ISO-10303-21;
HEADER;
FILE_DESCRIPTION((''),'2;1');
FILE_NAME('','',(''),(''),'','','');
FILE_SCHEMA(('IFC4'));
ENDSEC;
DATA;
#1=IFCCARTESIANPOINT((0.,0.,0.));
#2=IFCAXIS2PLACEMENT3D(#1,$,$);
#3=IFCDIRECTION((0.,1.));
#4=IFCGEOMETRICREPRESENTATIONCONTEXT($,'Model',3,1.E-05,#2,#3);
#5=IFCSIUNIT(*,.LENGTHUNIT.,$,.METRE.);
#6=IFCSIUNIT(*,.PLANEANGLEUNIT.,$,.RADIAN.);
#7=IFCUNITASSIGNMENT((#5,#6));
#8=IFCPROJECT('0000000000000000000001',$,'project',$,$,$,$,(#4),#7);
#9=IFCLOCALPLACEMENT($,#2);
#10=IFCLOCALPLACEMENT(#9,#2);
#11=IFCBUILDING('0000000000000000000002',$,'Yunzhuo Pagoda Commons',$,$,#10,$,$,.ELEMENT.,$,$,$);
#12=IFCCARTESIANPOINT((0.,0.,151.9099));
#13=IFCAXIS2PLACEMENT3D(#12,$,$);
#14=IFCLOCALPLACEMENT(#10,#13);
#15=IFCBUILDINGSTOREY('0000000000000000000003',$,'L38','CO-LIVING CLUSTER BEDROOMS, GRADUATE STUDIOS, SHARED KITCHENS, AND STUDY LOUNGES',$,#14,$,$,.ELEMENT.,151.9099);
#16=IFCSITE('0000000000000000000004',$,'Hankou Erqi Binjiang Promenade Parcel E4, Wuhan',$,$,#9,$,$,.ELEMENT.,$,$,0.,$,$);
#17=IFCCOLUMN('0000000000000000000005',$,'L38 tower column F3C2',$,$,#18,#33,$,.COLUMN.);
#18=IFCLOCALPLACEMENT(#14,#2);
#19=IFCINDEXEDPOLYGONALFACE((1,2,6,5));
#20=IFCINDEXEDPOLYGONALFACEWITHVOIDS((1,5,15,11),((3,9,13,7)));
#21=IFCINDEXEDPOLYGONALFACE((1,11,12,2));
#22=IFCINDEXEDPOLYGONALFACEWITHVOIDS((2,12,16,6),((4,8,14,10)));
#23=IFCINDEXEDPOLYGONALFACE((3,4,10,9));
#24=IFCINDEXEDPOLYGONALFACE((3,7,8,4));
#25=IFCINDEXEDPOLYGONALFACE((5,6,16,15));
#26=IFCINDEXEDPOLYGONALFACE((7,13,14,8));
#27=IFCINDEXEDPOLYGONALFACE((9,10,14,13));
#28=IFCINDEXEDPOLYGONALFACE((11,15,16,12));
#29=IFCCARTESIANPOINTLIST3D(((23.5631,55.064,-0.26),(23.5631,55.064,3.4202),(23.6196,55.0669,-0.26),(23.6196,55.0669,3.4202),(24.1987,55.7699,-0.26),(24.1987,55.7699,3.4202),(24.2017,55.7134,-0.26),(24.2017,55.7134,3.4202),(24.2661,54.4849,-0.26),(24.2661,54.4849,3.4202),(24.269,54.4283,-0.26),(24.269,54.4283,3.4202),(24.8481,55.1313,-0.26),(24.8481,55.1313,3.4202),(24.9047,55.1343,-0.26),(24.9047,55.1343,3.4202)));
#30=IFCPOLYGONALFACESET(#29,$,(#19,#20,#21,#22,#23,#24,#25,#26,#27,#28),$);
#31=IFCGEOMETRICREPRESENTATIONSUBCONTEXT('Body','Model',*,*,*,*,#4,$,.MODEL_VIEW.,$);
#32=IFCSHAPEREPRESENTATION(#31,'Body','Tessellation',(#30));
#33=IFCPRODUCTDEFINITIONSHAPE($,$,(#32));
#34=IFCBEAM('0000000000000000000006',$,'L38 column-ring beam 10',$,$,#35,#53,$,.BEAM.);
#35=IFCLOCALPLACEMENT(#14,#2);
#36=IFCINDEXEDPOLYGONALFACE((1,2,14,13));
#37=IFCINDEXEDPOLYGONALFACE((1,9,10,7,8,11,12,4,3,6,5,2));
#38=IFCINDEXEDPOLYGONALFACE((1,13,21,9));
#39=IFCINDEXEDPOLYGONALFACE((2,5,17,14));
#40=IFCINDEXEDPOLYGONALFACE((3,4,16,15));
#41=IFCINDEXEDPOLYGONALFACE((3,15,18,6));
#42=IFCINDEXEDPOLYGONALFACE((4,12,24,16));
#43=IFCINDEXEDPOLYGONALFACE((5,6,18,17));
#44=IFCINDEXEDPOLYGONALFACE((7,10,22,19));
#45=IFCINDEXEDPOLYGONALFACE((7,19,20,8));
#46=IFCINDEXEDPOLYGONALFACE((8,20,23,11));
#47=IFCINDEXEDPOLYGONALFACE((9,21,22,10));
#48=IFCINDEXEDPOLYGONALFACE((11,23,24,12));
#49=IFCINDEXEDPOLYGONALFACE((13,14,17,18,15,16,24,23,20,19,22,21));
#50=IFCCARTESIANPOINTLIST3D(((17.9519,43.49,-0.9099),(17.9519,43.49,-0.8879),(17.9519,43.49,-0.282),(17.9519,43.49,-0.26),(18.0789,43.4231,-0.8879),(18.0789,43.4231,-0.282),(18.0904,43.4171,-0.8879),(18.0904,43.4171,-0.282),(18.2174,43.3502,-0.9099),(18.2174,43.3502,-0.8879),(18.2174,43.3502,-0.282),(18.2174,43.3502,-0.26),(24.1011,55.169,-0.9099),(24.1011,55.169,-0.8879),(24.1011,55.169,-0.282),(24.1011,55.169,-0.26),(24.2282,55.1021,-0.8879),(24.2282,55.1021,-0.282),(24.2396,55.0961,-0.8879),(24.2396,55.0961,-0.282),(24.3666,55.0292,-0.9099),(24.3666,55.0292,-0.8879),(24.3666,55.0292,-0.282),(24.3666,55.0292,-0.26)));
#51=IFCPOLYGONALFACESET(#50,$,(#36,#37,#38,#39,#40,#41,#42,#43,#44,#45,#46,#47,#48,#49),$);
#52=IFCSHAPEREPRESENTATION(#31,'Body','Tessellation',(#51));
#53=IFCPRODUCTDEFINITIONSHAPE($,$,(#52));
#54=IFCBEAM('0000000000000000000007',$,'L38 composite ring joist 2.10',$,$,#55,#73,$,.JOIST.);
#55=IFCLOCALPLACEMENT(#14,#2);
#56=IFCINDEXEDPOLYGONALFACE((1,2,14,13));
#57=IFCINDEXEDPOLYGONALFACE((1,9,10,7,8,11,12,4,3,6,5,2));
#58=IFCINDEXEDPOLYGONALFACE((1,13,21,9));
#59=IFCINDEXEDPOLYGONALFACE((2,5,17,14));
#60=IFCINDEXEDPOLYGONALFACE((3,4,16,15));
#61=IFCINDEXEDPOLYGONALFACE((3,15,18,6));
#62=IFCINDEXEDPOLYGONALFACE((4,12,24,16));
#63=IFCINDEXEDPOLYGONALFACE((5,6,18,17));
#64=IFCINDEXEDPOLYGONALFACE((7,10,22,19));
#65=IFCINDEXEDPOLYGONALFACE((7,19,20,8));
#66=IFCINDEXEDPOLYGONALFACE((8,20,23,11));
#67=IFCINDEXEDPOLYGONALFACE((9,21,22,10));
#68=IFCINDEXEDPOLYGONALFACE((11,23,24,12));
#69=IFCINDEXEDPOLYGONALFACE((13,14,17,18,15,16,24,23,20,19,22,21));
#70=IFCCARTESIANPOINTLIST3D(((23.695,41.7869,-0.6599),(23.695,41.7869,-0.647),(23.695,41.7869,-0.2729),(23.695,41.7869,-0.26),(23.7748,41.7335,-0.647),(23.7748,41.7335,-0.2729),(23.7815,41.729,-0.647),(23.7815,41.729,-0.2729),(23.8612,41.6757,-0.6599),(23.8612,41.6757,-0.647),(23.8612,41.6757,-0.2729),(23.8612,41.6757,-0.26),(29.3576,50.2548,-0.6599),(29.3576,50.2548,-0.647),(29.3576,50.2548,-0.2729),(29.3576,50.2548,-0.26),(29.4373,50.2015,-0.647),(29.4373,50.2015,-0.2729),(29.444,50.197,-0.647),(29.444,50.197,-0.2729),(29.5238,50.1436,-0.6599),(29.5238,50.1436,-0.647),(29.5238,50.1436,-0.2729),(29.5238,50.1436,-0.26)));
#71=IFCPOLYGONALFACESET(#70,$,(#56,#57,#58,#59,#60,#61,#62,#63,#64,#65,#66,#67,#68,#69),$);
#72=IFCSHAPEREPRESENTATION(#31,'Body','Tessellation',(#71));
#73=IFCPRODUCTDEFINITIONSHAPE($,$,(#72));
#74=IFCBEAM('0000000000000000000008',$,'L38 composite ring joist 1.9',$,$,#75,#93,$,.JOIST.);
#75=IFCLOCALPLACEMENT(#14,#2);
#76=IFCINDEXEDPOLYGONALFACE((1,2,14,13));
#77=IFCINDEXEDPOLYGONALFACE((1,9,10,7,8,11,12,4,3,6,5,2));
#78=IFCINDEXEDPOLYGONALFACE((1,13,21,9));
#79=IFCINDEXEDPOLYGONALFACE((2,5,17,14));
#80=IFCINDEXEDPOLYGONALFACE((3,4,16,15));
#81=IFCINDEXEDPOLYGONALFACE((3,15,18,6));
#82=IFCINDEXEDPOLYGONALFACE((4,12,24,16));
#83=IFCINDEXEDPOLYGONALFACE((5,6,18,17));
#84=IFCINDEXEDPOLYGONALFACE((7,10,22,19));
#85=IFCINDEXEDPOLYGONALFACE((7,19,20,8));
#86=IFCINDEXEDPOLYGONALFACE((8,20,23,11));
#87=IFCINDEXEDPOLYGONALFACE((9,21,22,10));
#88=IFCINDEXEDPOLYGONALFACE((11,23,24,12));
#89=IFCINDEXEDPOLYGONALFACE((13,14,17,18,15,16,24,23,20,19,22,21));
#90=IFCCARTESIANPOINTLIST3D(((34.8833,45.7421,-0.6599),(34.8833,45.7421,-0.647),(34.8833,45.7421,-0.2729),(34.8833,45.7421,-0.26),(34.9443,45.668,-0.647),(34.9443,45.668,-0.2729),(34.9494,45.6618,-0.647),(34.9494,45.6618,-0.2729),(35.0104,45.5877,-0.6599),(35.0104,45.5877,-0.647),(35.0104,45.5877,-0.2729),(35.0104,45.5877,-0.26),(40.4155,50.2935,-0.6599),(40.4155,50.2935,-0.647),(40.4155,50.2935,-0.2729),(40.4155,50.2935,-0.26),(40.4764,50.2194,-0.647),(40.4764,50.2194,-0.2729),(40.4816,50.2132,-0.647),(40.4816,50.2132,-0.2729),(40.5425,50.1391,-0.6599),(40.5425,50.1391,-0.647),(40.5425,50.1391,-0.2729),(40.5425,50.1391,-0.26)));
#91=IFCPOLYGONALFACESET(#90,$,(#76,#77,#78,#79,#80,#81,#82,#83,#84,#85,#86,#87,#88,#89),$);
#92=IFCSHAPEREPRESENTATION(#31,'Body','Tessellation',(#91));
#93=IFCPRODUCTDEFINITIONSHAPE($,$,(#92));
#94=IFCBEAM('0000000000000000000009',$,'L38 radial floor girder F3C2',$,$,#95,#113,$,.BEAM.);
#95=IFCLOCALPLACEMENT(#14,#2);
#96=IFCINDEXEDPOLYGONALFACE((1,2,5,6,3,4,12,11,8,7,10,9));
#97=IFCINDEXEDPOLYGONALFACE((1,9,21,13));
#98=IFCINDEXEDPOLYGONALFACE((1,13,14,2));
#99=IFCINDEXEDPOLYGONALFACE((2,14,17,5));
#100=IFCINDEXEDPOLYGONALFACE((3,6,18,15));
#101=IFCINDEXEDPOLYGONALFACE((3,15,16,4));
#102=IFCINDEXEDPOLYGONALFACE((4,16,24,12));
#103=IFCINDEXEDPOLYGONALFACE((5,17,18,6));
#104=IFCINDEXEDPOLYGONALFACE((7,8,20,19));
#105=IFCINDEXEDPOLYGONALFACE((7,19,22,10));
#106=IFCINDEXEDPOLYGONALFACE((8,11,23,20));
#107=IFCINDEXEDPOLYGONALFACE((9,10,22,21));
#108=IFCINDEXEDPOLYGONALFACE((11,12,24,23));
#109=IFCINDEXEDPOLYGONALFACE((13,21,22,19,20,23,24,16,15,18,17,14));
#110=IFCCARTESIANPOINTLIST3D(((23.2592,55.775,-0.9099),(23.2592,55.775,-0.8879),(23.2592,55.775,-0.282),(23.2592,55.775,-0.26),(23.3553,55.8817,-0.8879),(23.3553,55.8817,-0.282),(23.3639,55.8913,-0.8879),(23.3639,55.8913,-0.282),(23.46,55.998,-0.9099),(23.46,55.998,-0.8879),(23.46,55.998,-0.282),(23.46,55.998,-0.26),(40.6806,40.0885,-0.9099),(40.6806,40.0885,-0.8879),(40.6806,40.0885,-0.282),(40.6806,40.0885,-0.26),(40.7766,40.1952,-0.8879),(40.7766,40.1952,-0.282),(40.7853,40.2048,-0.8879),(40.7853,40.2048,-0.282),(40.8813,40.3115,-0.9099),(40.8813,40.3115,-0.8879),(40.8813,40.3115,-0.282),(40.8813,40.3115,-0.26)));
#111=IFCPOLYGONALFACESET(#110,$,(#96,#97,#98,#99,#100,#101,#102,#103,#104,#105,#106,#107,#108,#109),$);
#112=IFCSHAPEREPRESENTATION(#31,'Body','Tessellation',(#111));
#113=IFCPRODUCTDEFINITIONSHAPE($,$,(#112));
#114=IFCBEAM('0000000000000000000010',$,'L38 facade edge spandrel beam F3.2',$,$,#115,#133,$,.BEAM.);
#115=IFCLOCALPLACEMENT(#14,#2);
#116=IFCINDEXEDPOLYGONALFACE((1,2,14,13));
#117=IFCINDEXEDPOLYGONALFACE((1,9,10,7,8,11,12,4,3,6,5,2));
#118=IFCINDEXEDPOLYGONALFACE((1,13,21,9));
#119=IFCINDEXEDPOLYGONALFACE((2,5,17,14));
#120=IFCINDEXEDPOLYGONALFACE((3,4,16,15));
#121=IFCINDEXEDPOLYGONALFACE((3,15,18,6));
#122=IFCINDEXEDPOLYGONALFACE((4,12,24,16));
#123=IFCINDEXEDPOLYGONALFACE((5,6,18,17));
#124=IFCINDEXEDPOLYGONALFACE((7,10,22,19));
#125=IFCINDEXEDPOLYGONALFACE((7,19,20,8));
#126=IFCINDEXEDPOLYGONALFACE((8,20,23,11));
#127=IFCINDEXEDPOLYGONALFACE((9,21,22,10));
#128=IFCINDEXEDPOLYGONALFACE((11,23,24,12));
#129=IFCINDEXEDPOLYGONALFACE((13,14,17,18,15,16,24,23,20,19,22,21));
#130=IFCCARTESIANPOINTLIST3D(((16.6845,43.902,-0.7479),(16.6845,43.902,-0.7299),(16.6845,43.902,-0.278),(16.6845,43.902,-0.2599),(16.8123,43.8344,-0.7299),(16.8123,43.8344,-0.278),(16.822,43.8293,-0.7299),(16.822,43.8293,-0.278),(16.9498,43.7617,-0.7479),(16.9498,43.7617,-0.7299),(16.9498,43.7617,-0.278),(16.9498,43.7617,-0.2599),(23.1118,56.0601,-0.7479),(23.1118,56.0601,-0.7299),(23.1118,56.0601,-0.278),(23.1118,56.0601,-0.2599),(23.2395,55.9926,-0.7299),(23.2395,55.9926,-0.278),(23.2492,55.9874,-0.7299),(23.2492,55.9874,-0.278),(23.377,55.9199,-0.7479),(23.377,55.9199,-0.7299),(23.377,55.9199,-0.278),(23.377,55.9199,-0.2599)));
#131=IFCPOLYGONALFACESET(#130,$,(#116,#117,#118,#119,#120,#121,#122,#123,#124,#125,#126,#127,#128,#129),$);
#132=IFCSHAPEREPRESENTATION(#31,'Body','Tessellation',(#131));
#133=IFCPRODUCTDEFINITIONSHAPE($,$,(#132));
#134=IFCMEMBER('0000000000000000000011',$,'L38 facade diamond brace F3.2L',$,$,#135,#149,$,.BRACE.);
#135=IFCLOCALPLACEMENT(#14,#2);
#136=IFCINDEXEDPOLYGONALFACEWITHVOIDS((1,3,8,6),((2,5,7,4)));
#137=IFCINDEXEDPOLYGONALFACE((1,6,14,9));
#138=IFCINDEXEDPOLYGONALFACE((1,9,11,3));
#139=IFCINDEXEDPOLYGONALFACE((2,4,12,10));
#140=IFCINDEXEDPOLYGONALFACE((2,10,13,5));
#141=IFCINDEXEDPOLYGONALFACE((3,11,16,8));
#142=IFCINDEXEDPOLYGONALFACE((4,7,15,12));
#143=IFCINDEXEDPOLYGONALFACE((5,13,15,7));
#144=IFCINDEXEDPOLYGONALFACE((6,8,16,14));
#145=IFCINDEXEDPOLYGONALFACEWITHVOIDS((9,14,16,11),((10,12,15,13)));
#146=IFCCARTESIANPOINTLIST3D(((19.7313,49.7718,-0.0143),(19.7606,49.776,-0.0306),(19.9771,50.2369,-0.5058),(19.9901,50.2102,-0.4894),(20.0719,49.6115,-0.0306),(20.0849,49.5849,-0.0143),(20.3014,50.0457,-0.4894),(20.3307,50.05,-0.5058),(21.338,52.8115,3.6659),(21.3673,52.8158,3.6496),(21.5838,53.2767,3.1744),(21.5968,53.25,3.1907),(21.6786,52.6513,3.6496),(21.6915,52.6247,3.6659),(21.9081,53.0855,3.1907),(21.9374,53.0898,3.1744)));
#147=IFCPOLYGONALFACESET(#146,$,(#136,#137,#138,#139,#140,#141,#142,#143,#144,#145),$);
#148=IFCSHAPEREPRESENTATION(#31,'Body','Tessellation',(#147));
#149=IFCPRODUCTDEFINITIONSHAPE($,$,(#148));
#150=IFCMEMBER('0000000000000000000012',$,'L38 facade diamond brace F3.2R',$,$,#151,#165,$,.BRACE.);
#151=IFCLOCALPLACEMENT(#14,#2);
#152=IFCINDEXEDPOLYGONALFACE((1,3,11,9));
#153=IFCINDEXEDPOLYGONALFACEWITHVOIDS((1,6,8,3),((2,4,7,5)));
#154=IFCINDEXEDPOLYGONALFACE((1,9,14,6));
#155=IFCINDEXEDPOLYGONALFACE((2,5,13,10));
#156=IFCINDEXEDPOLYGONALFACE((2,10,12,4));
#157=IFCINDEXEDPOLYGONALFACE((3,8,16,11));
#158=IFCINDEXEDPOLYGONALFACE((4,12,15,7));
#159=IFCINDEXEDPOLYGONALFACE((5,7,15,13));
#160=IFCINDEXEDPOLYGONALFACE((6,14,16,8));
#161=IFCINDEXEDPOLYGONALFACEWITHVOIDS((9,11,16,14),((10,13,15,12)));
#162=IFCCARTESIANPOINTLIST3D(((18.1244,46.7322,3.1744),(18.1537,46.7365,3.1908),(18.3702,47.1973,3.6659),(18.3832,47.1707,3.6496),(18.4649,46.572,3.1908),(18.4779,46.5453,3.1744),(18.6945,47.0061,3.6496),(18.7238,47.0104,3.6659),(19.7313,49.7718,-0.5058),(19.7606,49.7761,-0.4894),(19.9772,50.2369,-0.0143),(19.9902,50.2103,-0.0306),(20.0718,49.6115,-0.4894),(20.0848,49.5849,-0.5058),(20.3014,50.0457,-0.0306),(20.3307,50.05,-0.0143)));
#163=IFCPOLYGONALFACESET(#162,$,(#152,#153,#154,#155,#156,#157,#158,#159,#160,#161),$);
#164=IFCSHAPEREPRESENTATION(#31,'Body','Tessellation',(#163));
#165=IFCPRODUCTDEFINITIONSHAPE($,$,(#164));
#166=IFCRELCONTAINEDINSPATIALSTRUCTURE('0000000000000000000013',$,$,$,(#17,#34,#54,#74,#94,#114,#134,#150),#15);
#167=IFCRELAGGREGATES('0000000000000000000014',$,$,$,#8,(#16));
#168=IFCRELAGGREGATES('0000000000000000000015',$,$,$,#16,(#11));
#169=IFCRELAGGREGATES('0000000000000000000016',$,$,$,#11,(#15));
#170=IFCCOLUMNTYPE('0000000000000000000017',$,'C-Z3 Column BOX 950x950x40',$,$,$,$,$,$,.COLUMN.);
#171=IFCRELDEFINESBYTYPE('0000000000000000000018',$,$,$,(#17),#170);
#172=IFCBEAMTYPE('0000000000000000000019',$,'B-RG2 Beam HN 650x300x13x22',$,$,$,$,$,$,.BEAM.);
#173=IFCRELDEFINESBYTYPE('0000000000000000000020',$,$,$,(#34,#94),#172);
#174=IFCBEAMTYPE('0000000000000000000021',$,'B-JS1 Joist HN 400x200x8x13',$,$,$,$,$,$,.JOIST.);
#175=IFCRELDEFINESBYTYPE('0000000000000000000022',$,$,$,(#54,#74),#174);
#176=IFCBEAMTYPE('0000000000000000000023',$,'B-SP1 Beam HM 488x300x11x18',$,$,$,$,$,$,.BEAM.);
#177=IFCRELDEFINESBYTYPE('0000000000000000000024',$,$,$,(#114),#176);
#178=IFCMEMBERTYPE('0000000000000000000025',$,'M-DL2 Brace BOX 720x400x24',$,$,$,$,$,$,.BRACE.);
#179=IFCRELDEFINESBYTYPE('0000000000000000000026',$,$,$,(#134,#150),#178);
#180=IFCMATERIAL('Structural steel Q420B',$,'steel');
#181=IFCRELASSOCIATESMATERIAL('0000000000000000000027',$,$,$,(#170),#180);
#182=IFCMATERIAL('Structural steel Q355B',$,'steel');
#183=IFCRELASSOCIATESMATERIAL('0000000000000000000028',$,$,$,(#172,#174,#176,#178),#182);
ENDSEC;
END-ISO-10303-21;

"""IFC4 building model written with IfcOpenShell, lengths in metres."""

from ifc_helpers import new_model, si_unit, direction, frame, origin, origin_2d, place, context, subcontext, project, spatial, hollow_rectangle, i_section, extrude, source, transform, mapped, material, material_profile, profile_set, type_object, element, save


model = new_model("IFC4")

# Units and contexts
model_context = context("Model", 3, precision=1e-05, world=origin(), true_north=direction((0.0, 1.0)))
body_context = subcontext(model_context, "Body", "Model", "MODEL_VIEW")
ifc_project = project(units=[si_unit("LENGTHUNIT", "METRE"), si_unit("PLANEANGLEUNIT", "RADIAN")], contexts=[model_context])

# Site, building, storey
site_placement = place(None, origin())
site = spatial("IfcSite", under=ifc_project, at=site_placement, Name="Hankou Erqi Binjiang Promenade Parcel E4, Wuhan", CompositionType="ELEMENT", RefElevation=0.0)
building_placement = place(site_placement, origin())
building = spatial("IfcBuilding", under=site, at=building_placement, Name="Yunzhuo Pagoda Commons", CompositionType="ELEMENT")
storey_placement = place(building_placement, frame((0.0, 0.0, 151.9099)))
storey = spatial("IfcBuildingStorey", under=building, at=storey_placement, Name="L38", Description="CO-LIVING CLUSTER BEDROOMS, GRADUATE STUDIOS, SHARED KITCHENS, AND STUDY LOUNGES", CompositionType="ELEMENT", Elevation=151.9099)

# Column
ifc_material_1 = material(Name="Structural steel Q420B", Category="steel")
ifc_material_profile_1 = material_profile(ifc_material_1, hollow_rectangle(XDim=0.95, YDim=0.95, WallThickness=0.04, at=origin_2d()), Name="Structural steel Q420B")
ifc_profile_set_1 = profile_set([ifc_material_profile_1], Name="Structural steel Q420B")
column_type = type_object("IfcColumnType", Name="C-Z3 Column BOX 950x950x40", PredefinedType="COLUMN", material=ifc_profile_set_1)
shared_shape_1 = source(origin(), body_context, "Body", "SweptSolid", [
    extrude(hollow_rectangle(XDim=0.95, YDim=0.95, WallThickness=0.04, at=origin_2d()), origin(), (0.0, 0.0, 1.0), 3.6802),
])
column_placement = place(storey_placement, frame((24.2339, 55.0991, -0.26), z_axis=(0.0, 0.0, 1.0), x_axis=(-0.669131, -0.743145, 0.0)))
element("IfcColumn", 1, at=column_placement, inside=storey, type_object=column_type, Name="L38 tower column F3C2", PredefinedType="COLUMN", context=body_context, shape_type="MappedRepresentation", body=[
    mapped(shared_shape_1, transform((0.0, 0.0, 0.0), scale=1.0)),
])

# Beams
ifc_material_2 = material(Name="Structural steel Q355B", Category="steel")
ifc_material_profile_2 = material_profile(ifc_material_2, i_section(OverallWidth=0.3, OverallDepth=0.6499, WebThickness=0.0129, FlangeThickness=0.022, at=origin_2d()), Name="Structural steel Q355B")
ifc_profile_set_2 = profile_set([ifc_material_profile_2], Name="Structural steel Q355B")
beam_type_1 = type_object("IfcBeamType", Name="B-RG2 Beam HN 650x300x13x22", PredefinedType="BEAM", material=ifc_profile_set_2)
shared_shape_2 = source(origin(), body_context, "Body", "SweptSolid", [
    extrude(i_section(OverallWidth=0.3, OverallDepth=0.6499, WebThickness=0.0129, FlangeThickness=0.022, at=origin_2d()), origin(), (0.0, 0.0, 1.0), 13.199),
])
beam_1_placement = place(storey_placement, frame((24.2339, 55.0991, -0.585), z_axis=(-0.465886, -0.884845, 0.0), x_axis=(0.884845, -0.465886, 0.0)))
element("IfcBeam", 2, at=beam_1_placement, inside=storey, type_object=beam_type_1, Name="L38 column-ring beam 10", PredefinedType="BEAM", context=body_context, shape_type="MappedRepresentation", body=[
    mapped(shared_shape_2, transform((0.0, 0.0, 0.0), scale=1.0)),
])
ifc_material_profile_3 = material_profile(ifc_material_2, i_section(OverallWidth=0.2, OverallDepth=0.3999, WebThickness=0.0081, FlangeThickness=0.0129, at=origin_2d()), Name="Structural steel Q355B")
ifc_profile_set_3 = profile_set([ifc_material_profile_3], Name="Structural steel Q355B")
beam_type_2 = type_object("IfcBeamType", Name="B-JS1 Joist HN 400x200x8x13", PredefinedType="JOIST", material=ifc_profile_set_3)
shared_shape_3 = source(origin(), body_context, "Body", "SweptSolid", [
    extrude(i_section(OverallWidth=0.2, OverallDepth=0.3999, WebThickness=0.0081, FlangeThickness=0.0129, at=origin_2d()), origin(), (0.0, 0.0, 1.0), 10.1868),
])
beam_2_placement = place(storey_placement, frame((29.4407, 50.1992, -0.46), z_axis=(-0.555872, -0.831268, 0.0), x_axis=(0.831268, -0.555872, 0.0)))
element("IfcBeam", 3, at=beam_2_placement, inside=storey, type_object=beam_type_2, Name="L38 composite ring joist 2.10", PredefinedType="JOIST", context=body_context, shape_type="MappedRepresentation", body=[
    mapped(shared_shape_3, transform((0.0, 0.0, 0.0), scale=1.0)),
])
shared_shape_4 = source(origin(), body_context, "Body", "SweptSolid", [
    extrude(i_section(OverallWidth=0.2, OverallDepth=0.3999, WebThickness=0.0081, FlangeThickness=0.0129, at=origin_2d()), origin(), (0.0, 0.0, 1.0), 7.1638),
])
beam_3_placement = place(storey_placement, frame((40.479, 50.2163, -0.46), z_axis=(-0.772234, -0.635338, 0.0), x_axis=(0.635338, -0.772234, 0.0)))
element("IfcBeam", 4, at=beam_3_placement, inside=storey, type_object=beam_type_2, Name="L38 composite ring joist 1.9", PredefinedType="JOIST", context=body_context, shape_type="MappedRepresentation", body=[
    mapped(shared_shape_4, transform((0.0, 0.0, 0.0), scale=1.0)),
])
shared_shape_5 = source(origin(), body_context, "Body", "SweptSolid", [
    extrude(i_section(OverallWidth=0.3, OverallDepth=0.6499, WebThickness=0.0129, FlangeThickness=0.022, at=origin_2d()), origin(), (0.0, 0.0, 1.0), 23.4429),
])
beam_4_placement = place(storey_placement, frame((23.3596, 55.8865, -0.585), z_axis=(0.74314, -0.669136, 0.0), x_axis=(0.669136, 0.74314, 0.0)))
element("IfcBeam", 5, at=beam_4_placement, inside=storey, type_object=beam_type_1, Name="L38 radial floor girder F3C2", PredefinedType="BEAM", context=body_context, shape_type="MappedRepresentation", body=[
    mapped(shared_shape_5, transform((0.0, 0.0, 0.0), scale=1.0)),
])
ifc_material_profile_4 = material_profile(ifc_material_2, i_section(OverallWidth=0.3, OverallDepth=0.488, WebThickness=0.011, FlangeThickness=0.0181, at=origin_2d()), Name="Structural steel Q355B")
ifc_profile_set_4 = profile_set([ifc_material_profile_4], Name="Structural steel Q355B")
beam_type_3 = type_object("IfcBeamType", Name="B-SP1 Beam HM 488x300x11x18", PredefinedType="BEAM", material=ifc_profile_set_4)
shared_shape_6 = source(origin(), body_context, "Body", "SweptSolid", [
    extrude(i_section(OverallWidth=0.3, OverallDepth=0.488, WebThickness=0.011, FlangeThickness=0.0181, at=origin_2d()), origin(), (0.0, 0.0, 1.0), 13.7524),
])
beam_5_placement = place(storey_placement, frame((23.2444, 55.99, -0.5039), z_axis=(-0.467351, -0.884072, 0.0), x_axis=(0.884072, -0.467351, 0.0)))
element("IfcBeam", 6, at=beam_5_placement, inside=storey, type_object=beam_type_3, Name="L38 facade edge spandrel beam F3.2", PredefinedType="BEAM", context=body_context, shape_type="MappedRepresentation", body=[
    mapped(shared_shape_6, transform((0.0, 0.0, 0.0), scale=1.0)),
])

# Members
ifc_material_profile_5 = material_profile(ifc_material_2, hollow_rectangle(XDim=0.3999, YDim=0.72, WallThickness=0.0239, at=origin_2d()), Name="Structural steel Q355B")
ifc_profile_set_5 = profile_set([ifc_material_profile_5], Name="Structural steel Q355B")
member_type_1 = type_object("IfcMemberType", Name="M-DL2 Brace BOX 720x400x24", PredefinedType="BRACE", material=ifc_profile_set_5)
shared_shape_7 = source(origin(), body_context, "Body", "SweptSolid", [
    extrude(hollow_rectangle(XDim=0.3999, YDim=0.72, WallThickness=0.0239, at=origin_2d()), origin(), (0.0, 0.0, 1.0), 5.0364),
])
for number, where, z_axis, x_axis, name in (
    (7, (20.031, 49.9109, -0.26), (0.319014, 0.603563, 0.730713), (-0.884102, 0.467294, 0.0), "L38 facade diamond brace F3.2L"),
    (8, (20.031, 49.9109, -0.26), (-0.319067, -0.603523, 0.730723), (0.884057, -0.467379, 0.0), "L38 facade diamond brace F3.2R"),
):
    element("IfcMember", number, at=place(storey_placement, frame(where, z_axis=z_axis, x_axis=x_axis)), inside=storey, type_object=member_type_1, Name=name, PredefinedType="BRACE", context=body_context, shape_type="MappedRepresentation", body=[
        mapped(shared_shape_7, transform((0.0, 0.0, 0.0), scale=1.0)),
    ])

save(model, "model.ifc")
